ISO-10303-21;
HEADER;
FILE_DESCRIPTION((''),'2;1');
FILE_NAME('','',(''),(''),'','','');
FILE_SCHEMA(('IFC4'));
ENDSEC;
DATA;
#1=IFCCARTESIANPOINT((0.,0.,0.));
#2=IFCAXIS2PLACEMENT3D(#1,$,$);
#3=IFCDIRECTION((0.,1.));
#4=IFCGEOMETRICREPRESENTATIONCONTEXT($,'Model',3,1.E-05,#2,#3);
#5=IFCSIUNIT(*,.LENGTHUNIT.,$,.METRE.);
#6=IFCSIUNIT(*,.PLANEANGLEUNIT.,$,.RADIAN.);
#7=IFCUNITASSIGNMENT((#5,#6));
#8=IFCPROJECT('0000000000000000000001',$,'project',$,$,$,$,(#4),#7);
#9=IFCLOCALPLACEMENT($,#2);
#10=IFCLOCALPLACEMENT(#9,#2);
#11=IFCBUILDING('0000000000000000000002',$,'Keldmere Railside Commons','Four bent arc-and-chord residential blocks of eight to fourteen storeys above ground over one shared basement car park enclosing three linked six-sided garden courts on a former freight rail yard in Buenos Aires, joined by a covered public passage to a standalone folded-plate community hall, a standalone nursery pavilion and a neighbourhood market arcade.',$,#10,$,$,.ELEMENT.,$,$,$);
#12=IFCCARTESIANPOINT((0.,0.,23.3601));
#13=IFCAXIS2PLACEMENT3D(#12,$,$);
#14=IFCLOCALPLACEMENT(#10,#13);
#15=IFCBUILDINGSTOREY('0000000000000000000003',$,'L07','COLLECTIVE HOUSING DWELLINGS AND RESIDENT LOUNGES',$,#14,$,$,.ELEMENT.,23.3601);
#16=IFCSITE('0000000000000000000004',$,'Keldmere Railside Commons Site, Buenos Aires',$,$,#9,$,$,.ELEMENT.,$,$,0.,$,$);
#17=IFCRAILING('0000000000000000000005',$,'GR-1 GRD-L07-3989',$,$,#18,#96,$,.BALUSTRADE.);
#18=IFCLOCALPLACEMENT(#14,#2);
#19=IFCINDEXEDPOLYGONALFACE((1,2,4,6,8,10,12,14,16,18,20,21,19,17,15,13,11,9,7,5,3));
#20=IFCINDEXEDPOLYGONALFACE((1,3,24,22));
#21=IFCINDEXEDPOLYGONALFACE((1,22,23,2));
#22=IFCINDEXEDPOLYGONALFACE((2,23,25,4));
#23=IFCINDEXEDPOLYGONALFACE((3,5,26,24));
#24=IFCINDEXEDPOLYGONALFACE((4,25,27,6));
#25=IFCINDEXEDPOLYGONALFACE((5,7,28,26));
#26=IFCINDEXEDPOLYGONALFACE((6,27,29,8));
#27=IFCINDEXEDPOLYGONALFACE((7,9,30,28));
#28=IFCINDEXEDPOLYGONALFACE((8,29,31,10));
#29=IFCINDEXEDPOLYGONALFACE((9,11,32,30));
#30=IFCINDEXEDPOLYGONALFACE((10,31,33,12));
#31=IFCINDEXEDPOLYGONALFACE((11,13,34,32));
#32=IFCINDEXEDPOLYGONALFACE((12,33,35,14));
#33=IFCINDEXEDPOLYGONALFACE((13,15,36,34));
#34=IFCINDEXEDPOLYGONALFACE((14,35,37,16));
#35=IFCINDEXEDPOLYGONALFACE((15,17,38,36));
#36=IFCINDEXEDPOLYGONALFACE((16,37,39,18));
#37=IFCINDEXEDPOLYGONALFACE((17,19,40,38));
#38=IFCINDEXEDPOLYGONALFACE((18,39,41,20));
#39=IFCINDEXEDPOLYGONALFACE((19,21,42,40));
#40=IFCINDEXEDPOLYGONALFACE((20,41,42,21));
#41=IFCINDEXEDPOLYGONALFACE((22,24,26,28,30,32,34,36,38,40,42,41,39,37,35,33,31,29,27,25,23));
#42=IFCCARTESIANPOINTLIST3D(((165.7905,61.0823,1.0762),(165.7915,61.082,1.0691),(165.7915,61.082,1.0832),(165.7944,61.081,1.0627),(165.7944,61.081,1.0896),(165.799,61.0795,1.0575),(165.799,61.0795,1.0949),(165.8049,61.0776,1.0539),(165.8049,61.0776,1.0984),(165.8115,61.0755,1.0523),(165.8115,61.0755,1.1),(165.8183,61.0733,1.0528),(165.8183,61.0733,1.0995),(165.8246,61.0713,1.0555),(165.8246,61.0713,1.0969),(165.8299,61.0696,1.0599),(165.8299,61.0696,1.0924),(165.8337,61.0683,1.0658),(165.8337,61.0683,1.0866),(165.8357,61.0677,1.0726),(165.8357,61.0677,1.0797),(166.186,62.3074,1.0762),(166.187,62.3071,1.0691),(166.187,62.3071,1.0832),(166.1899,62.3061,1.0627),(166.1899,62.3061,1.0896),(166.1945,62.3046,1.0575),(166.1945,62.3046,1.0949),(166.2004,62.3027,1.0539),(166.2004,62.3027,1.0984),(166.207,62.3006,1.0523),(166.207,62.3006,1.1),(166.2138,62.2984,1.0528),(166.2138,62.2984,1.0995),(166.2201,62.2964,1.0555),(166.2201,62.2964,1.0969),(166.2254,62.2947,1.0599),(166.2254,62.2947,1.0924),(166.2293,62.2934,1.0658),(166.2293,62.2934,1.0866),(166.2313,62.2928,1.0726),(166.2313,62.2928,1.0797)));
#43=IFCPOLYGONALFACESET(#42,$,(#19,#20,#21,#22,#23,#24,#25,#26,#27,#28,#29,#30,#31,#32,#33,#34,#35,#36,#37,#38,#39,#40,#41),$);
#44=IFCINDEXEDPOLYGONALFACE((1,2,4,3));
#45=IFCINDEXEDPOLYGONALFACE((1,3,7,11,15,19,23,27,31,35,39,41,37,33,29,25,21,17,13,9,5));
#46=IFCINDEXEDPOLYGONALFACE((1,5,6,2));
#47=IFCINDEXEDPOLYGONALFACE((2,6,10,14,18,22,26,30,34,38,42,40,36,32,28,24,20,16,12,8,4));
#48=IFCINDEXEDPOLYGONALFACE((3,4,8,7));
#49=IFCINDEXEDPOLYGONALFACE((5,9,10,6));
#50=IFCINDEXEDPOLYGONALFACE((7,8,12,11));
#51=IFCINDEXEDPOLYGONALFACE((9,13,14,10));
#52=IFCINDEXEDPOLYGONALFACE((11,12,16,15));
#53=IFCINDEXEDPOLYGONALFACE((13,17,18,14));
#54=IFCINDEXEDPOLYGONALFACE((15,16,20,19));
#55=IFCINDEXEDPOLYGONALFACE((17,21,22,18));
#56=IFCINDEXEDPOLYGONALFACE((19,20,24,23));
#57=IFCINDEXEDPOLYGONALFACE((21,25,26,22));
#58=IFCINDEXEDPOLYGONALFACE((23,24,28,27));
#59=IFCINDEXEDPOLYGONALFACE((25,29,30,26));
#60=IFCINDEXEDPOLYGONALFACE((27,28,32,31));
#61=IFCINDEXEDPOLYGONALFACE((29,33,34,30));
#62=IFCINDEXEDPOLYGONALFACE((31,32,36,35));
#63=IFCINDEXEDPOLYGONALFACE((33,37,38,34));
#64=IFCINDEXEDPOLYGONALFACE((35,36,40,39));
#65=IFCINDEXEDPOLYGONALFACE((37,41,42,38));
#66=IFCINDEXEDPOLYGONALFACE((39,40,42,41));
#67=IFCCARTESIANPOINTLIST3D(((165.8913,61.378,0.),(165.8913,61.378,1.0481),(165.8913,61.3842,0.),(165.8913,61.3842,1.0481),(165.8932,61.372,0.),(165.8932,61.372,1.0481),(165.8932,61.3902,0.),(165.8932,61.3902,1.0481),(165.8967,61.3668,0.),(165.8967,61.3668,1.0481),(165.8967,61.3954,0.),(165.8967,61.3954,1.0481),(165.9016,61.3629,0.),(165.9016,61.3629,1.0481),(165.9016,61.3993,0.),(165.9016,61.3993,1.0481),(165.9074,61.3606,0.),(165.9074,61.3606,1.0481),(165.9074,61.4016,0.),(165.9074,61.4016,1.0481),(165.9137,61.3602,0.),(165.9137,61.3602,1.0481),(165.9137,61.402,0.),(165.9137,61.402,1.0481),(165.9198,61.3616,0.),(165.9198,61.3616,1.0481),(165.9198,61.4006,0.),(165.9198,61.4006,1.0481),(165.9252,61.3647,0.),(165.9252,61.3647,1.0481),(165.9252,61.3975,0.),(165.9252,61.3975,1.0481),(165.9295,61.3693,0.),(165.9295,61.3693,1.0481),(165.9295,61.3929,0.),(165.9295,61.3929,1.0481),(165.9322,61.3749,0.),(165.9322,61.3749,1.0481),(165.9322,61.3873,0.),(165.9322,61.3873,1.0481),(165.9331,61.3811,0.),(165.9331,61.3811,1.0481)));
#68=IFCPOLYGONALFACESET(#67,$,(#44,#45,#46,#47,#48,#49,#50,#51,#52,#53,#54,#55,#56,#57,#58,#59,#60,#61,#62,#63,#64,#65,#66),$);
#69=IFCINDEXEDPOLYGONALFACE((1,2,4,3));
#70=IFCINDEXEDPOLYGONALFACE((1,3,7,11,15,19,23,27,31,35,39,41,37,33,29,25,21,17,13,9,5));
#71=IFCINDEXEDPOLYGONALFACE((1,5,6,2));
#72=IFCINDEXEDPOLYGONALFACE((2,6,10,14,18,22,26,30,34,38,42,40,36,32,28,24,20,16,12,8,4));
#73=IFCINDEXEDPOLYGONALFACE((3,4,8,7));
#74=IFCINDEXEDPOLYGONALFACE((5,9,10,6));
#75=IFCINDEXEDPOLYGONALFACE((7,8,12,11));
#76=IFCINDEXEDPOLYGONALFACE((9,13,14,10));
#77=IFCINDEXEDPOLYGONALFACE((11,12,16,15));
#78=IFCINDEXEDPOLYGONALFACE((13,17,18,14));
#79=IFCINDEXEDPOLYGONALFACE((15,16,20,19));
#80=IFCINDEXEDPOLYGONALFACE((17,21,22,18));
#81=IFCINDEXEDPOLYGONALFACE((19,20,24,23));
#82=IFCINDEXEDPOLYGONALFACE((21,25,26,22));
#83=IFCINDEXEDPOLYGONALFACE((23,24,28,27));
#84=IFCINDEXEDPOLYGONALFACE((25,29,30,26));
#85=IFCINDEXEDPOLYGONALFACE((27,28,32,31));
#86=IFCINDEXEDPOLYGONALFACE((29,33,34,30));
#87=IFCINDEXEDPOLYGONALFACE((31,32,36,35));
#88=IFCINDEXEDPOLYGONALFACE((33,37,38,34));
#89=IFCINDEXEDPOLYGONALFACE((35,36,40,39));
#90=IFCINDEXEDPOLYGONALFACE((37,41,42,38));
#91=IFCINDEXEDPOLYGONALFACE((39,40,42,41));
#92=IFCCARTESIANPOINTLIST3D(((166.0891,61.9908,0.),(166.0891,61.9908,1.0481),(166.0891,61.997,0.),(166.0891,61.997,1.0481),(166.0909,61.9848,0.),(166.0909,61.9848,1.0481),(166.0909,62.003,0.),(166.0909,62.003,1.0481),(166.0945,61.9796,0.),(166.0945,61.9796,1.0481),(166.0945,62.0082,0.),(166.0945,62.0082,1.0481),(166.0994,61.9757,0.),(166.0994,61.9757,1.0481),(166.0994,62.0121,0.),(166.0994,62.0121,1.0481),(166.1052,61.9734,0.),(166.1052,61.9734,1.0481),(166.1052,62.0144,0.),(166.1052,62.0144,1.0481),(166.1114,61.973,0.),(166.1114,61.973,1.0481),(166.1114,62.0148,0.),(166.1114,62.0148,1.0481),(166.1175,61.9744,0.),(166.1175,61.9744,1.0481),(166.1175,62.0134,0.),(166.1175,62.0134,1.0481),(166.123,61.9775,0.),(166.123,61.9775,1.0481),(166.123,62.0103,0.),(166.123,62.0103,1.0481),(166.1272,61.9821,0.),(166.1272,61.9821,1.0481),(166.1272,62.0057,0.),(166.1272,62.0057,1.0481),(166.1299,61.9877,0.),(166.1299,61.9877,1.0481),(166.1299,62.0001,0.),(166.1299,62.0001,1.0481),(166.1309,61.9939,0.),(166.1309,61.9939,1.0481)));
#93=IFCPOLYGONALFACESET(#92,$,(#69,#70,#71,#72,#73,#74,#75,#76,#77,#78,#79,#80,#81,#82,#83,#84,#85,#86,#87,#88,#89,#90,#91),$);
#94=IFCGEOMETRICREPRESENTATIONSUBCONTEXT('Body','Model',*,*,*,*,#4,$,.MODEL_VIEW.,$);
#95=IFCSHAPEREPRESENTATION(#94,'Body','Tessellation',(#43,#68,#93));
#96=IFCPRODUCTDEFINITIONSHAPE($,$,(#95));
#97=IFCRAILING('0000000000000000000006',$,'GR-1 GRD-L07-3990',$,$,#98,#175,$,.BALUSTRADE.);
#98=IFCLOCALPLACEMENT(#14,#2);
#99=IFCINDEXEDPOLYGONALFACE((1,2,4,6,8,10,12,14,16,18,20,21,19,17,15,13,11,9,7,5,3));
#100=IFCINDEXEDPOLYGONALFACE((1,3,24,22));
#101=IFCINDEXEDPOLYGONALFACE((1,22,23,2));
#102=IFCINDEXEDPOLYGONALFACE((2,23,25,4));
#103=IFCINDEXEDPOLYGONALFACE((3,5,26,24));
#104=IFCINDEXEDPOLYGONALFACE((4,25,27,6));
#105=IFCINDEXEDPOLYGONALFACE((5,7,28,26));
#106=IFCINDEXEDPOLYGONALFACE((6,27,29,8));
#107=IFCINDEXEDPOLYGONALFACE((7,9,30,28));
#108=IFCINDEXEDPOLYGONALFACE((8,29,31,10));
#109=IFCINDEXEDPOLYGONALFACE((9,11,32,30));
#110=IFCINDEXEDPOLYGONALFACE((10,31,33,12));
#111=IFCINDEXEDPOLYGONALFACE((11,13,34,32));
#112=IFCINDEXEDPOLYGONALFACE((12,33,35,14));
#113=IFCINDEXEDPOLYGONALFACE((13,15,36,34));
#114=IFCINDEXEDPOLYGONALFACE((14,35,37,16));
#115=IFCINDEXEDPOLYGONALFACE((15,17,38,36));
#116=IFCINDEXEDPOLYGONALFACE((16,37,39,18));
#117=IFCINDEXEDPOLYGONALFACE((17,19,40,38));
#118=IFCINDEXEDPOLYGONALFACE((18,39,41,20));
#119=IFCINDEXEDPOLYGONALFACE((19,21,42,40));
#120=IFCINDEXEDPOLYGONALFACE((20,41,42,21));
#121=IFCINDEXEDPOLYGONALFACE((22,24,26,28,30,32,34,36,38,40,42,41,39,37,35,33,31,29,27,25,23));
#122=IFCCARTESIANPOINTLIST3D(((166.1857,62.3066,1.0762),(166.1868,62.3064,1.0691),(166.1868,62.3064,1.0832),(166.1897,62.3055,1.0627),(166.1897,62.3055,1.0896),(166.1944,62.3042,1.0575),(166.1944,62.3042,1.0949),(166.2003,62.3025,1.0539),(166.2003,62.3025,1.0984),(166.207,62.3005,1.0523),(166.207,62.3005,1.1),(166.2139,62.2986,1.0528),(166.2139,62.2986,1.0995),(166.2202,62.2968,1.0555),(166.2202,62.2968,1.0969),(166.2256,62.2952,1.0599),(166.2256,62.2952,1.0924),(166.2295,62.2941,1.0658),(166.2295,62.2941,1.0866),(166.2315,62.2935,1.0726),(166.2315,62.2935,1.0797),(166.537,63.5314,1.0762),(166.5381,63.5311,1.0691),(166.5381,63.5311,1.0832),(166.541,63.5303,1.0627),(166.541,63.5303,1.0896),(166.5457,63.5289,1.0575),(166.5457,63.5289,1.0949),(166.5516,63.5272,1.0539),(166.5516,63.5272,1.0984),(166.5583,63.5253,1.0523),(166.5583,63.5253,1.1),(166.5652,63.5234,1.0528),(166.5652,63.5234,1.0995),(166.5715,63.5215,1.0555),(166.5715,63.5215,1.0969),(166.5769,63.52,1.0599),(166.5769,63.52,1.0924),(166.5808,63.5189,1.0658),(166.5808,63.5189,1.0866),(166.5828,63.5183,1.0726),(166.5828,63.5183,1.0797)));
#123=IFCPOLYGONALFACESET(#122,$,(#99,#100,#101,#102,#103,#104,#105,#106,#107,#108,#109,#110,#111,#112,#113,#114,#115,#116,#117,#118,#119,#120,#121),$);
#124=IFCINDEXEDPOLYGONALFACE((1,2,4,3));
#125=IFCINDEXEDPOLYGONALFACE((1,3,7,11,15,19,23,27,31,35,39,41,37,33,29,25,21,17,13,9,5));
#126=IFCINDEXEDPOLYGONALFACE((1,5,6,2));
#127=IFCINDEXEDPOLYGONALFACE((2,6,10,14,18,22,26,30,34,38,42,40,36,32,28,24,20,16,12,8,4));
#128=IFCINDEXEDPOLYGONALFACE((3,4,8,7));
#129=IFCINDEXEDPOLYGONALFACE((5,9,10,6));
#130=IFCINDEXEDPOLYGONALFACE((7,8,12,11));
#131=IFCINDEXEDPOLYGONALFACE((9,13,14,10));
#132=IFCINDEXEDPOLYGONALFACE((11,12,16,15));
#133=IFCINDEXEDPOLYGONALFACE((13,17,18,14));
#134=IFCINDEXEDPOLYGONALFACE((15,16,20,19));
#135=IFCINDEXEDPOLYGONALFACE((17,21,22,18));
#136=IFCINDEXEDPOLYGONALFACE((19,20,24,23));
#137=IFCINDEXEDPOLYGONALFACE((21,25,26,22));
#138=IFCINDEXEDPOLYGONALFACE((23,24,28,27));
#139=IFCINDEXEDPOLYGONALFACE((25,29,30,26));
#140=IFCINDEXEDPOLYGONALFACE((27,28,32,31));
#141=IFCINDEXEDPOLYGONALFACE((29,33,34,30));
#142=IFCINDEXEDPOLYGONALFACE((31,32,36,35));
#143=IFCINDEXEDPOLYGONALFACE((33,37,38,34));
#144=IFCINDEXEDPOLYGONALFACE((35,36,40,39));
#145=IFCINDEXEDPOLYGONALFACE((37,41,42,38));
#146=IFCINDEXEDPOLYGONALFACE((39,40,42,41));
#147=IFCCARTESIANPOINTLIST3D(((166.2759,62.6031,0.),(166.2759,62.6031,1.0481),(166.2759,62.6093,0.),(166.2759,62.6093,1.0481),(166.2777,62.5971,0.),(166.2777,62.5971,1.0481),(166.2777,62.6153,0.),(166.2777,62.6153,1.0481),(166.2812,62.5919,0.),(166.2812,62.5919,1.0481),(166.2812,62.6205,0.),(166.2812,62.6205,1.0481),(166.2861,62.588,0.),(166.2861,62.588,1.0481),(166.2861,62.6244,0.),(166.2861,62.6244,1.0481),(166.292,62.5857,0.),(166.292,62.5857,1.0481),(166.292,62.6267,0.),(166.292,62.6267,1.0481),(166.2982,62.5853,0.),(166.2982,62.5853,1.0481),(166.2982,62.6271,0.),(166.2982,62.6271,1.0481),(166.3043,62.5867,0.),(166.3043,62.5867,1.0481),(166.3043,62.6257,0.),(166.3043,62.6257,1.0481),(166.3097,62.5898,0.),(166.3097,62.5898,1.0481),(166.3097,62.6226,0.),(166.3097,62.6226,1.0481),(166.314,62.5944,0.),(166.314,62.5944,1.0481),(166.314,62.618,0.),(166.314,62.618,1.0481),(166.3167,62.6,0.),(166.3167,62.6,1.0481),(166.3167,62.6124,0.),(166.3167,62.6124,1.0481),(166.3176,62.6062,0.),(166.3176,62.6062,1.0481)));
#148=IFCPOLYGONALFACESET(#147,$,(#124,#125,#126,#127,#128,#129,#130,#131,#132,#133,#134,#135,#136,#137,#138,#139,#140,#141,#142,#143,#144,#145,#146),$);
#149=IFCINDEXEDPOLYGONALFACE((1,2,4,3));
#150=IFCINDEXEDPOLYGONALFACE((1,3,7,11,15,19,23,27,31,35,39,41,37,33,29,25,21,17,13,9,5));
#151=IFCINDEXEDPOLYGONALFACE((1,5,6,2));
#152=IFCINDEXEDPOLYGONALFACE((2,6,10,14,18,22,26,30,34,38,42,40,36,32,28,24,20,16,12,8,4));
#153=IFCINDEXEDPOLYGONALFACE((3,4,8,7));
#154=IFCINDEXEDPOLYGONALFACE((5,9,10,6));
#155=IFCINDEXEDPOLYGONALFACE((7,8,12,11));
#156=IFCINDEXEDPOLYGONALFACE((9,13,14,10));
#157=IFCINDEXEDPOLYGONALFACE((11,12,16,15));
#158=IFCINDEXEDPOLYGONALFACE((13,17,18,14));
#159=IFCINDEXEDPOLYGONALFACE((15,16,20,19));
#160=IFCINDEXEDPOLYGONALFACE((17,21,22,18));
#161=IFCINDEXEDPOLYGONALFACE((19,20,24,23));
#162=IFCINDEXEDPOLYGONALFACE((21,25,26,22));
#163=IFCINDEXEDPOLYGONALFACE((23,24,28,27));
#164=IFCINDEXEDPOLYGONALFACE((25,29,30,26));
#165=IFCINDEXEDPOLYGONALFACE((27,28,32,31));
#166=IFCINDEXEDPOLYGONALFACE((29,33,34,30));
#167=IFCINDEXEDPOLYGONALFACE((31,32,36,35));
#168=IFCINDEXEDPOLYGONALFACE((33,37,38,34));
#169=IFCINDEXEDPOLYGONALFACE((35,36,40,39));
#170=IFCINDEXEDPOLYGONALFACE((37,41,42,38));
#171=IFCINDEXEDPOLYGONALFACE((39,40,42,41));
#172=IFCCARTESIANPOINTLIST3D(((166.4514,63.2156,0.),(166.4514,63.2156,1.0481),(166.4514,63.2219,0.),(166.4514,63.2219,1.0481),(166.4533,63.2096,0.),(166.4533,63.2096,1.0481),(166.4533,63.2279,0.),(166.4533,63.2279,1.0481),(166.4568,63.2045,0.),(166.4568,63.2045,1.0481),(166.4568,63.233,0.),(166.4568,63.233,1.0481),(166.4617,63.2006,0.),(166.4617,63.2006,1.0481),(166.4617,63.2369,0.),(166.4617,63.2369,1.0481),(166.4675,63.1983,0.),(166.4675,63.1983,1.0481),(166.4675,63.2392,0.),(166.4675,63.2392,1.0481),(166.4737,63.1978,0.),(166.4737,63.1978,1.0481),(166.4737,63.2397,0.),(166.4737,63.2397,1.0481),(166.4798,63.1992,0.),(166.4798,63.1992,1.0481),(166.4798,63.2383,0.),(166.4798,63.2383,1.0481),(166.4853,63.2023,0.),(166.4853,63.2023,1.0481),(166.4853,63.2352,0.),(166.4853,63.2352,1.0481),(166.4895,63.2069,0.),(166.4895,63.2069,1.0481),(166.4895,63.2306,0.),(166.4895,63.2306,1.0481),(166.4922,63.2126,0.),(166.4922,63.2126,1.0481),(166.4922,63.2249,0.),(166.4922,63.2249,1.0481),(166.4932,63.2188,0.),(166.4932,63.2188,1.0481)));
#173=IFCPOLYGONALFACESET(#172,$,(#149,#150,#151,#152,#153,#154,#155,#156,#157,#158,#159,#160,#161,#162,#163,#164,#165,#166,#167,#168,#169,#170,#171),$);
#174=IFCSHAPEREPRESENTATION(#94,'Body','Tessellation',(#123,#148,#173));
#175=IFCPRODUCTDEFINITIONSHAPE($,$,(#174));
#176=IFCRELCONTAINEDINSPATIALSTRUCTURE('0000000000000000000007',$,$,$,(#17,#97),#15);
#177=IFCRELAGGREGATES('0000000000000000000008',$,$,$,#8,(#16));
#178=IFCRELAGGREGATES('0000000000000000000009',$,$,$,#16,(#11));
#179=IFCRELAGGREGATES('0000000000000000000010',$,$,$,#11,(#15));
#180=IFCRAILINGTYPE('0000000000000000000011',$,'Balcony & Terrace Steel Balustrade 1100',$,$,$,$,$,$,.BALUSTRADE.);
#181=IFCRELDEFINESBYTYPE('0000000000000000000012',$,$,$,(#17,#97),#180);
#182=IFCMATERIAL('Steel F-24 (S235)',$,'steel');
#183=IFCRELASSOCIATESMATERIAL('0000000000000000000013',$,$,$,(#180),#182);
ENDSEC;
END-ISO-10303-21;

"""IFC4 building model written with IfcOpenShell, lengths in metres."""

from ifc_helpers import new_model, si_unit, direction, frame, origin, origin_2d, place, context, subcontext, project, spatial, circle, extrude, material, type_object, element, save


model = new_model("IFC4")

# Units and contexts
model_context = context("Model", 3, precision=1e-05, world=origin(), true_north=direction((0.0, 1.0)))
body_context = subcontext(model_context, "Body", "Model", "MODEL_VIEW")
ifc_project = project(units=[si_unit("LENGTHUNIT", "METRE"), si_unit("PLANEANGLEUNIT", "RADIAN")], contexts=[model_context])

# Site, building, storey
site_placement = place(None, origin())
site = spatial("IfcSite", under=ifc_project, at=site_placement, Name="Keldmere Railside Commons Site, Buenos Aires", CompositionType="ELEMENT", RefElevation=0.0)
building_placement = place(site_placement, origin())
building = spatial("IfcBuilding", under=site, at=building_placement, Name="Keldmere Railside Commons", Description="Four bent arc-and-chord residential blocks of eight to fourteen storeys above ground over one shared basement car park enclosing three linked six-sided garden courts on a former freight rail yard in Buenos Aires, joined by a covered public passage to a standalone folded-plate community hall, a standalone nursery pavilion and a neighbourhood market arcade.", CompositionType="ELEMENT")
storey_placement = place(building_placement, frame((0.0, 0.0, 23.3601)))
storey = spatial("IfcBuildingStorey", under=building, at=storey_placement, Name="L07", Description="COLLECTIVE HOUSING DWELLINGS AND RESIDENT LOUNGES", CompositionType="ELEMENT", Elevation=23.3601)

# Railings
ifc_material_1 = material(Name="Steel F-24 (S235)", Category="steel")
railing_type = type_object("IfcRailingType", Name="Balcony & Terrace Steel Balustrade 1100", PredefinedType="BALUSTRADE", material=ifc_material_1)
railing_1_placement = place(storey_placement, frame((165.8132, 61.075, 0.0)))
element("IfcRailing", 1, at=railing_1_placement, inside=storey, type_object=railing_type, Name="GR-1 GRD-L07-3989", PredefinedType="BALUSTRADE", context=body_context, shape_type="SweptSolid", body=[
    extrude(circle(Radius=0.0239, at=origin_2d()), frame((0.0, 0.0, 1.0762), z_axis=(0.307224, 0.951637, 0.0), x_axis=(-0.951637, 0.307224, 0.0)), (0.0, 0.0, 1.0), 1.2874),
    extrude(circle(Radius=0.021, at=origin_2d()), frame((0.0989, 0.3062, 0.0)), (0.0, 0.0, 1.0), 1.0481),
    extrude(circle(Radius=0.021, at=origin_2d()), frame((0.2966, 0.9189, 0.0)), (0.0, 0.0, 1.0), 1.0481),
])
railing_2_placement = place(storey_placement, frame((166.2087, 62.3, 0.0)))
element("IfcRailing", 2, at=railing_2_placement, inside=storey, type_object=railing_type, Name="GR-1 GRD-L07-3990", PredefinedType="BALUSTRADE", context=body_context, shape_type="SweptSolid", body=[
    extrude(circle(Radius=0.0239, at=origin_2d()), frame((0.0, 0.0, 1.0762), z_axis=(0.275708, 0.961241, 0.0), x_axis=(-0.961241, 0.275708, 0.0)), (0.0, 0.0, 1.0), 1.2742),
    extrude(circle(Radius=0.021, at=origin_2d()), frame((0.0879, 0.3062, 0.0)), (0.0, 0.0, 1.0), 1.0481),
    extrude(circle(Radius=0.021, at=origin_2d()), frame((0.2634, 0.9187, 0.0)), (0.0, 0.0, 1.0), 1.0481),
])

save(model, "model.ifc")
